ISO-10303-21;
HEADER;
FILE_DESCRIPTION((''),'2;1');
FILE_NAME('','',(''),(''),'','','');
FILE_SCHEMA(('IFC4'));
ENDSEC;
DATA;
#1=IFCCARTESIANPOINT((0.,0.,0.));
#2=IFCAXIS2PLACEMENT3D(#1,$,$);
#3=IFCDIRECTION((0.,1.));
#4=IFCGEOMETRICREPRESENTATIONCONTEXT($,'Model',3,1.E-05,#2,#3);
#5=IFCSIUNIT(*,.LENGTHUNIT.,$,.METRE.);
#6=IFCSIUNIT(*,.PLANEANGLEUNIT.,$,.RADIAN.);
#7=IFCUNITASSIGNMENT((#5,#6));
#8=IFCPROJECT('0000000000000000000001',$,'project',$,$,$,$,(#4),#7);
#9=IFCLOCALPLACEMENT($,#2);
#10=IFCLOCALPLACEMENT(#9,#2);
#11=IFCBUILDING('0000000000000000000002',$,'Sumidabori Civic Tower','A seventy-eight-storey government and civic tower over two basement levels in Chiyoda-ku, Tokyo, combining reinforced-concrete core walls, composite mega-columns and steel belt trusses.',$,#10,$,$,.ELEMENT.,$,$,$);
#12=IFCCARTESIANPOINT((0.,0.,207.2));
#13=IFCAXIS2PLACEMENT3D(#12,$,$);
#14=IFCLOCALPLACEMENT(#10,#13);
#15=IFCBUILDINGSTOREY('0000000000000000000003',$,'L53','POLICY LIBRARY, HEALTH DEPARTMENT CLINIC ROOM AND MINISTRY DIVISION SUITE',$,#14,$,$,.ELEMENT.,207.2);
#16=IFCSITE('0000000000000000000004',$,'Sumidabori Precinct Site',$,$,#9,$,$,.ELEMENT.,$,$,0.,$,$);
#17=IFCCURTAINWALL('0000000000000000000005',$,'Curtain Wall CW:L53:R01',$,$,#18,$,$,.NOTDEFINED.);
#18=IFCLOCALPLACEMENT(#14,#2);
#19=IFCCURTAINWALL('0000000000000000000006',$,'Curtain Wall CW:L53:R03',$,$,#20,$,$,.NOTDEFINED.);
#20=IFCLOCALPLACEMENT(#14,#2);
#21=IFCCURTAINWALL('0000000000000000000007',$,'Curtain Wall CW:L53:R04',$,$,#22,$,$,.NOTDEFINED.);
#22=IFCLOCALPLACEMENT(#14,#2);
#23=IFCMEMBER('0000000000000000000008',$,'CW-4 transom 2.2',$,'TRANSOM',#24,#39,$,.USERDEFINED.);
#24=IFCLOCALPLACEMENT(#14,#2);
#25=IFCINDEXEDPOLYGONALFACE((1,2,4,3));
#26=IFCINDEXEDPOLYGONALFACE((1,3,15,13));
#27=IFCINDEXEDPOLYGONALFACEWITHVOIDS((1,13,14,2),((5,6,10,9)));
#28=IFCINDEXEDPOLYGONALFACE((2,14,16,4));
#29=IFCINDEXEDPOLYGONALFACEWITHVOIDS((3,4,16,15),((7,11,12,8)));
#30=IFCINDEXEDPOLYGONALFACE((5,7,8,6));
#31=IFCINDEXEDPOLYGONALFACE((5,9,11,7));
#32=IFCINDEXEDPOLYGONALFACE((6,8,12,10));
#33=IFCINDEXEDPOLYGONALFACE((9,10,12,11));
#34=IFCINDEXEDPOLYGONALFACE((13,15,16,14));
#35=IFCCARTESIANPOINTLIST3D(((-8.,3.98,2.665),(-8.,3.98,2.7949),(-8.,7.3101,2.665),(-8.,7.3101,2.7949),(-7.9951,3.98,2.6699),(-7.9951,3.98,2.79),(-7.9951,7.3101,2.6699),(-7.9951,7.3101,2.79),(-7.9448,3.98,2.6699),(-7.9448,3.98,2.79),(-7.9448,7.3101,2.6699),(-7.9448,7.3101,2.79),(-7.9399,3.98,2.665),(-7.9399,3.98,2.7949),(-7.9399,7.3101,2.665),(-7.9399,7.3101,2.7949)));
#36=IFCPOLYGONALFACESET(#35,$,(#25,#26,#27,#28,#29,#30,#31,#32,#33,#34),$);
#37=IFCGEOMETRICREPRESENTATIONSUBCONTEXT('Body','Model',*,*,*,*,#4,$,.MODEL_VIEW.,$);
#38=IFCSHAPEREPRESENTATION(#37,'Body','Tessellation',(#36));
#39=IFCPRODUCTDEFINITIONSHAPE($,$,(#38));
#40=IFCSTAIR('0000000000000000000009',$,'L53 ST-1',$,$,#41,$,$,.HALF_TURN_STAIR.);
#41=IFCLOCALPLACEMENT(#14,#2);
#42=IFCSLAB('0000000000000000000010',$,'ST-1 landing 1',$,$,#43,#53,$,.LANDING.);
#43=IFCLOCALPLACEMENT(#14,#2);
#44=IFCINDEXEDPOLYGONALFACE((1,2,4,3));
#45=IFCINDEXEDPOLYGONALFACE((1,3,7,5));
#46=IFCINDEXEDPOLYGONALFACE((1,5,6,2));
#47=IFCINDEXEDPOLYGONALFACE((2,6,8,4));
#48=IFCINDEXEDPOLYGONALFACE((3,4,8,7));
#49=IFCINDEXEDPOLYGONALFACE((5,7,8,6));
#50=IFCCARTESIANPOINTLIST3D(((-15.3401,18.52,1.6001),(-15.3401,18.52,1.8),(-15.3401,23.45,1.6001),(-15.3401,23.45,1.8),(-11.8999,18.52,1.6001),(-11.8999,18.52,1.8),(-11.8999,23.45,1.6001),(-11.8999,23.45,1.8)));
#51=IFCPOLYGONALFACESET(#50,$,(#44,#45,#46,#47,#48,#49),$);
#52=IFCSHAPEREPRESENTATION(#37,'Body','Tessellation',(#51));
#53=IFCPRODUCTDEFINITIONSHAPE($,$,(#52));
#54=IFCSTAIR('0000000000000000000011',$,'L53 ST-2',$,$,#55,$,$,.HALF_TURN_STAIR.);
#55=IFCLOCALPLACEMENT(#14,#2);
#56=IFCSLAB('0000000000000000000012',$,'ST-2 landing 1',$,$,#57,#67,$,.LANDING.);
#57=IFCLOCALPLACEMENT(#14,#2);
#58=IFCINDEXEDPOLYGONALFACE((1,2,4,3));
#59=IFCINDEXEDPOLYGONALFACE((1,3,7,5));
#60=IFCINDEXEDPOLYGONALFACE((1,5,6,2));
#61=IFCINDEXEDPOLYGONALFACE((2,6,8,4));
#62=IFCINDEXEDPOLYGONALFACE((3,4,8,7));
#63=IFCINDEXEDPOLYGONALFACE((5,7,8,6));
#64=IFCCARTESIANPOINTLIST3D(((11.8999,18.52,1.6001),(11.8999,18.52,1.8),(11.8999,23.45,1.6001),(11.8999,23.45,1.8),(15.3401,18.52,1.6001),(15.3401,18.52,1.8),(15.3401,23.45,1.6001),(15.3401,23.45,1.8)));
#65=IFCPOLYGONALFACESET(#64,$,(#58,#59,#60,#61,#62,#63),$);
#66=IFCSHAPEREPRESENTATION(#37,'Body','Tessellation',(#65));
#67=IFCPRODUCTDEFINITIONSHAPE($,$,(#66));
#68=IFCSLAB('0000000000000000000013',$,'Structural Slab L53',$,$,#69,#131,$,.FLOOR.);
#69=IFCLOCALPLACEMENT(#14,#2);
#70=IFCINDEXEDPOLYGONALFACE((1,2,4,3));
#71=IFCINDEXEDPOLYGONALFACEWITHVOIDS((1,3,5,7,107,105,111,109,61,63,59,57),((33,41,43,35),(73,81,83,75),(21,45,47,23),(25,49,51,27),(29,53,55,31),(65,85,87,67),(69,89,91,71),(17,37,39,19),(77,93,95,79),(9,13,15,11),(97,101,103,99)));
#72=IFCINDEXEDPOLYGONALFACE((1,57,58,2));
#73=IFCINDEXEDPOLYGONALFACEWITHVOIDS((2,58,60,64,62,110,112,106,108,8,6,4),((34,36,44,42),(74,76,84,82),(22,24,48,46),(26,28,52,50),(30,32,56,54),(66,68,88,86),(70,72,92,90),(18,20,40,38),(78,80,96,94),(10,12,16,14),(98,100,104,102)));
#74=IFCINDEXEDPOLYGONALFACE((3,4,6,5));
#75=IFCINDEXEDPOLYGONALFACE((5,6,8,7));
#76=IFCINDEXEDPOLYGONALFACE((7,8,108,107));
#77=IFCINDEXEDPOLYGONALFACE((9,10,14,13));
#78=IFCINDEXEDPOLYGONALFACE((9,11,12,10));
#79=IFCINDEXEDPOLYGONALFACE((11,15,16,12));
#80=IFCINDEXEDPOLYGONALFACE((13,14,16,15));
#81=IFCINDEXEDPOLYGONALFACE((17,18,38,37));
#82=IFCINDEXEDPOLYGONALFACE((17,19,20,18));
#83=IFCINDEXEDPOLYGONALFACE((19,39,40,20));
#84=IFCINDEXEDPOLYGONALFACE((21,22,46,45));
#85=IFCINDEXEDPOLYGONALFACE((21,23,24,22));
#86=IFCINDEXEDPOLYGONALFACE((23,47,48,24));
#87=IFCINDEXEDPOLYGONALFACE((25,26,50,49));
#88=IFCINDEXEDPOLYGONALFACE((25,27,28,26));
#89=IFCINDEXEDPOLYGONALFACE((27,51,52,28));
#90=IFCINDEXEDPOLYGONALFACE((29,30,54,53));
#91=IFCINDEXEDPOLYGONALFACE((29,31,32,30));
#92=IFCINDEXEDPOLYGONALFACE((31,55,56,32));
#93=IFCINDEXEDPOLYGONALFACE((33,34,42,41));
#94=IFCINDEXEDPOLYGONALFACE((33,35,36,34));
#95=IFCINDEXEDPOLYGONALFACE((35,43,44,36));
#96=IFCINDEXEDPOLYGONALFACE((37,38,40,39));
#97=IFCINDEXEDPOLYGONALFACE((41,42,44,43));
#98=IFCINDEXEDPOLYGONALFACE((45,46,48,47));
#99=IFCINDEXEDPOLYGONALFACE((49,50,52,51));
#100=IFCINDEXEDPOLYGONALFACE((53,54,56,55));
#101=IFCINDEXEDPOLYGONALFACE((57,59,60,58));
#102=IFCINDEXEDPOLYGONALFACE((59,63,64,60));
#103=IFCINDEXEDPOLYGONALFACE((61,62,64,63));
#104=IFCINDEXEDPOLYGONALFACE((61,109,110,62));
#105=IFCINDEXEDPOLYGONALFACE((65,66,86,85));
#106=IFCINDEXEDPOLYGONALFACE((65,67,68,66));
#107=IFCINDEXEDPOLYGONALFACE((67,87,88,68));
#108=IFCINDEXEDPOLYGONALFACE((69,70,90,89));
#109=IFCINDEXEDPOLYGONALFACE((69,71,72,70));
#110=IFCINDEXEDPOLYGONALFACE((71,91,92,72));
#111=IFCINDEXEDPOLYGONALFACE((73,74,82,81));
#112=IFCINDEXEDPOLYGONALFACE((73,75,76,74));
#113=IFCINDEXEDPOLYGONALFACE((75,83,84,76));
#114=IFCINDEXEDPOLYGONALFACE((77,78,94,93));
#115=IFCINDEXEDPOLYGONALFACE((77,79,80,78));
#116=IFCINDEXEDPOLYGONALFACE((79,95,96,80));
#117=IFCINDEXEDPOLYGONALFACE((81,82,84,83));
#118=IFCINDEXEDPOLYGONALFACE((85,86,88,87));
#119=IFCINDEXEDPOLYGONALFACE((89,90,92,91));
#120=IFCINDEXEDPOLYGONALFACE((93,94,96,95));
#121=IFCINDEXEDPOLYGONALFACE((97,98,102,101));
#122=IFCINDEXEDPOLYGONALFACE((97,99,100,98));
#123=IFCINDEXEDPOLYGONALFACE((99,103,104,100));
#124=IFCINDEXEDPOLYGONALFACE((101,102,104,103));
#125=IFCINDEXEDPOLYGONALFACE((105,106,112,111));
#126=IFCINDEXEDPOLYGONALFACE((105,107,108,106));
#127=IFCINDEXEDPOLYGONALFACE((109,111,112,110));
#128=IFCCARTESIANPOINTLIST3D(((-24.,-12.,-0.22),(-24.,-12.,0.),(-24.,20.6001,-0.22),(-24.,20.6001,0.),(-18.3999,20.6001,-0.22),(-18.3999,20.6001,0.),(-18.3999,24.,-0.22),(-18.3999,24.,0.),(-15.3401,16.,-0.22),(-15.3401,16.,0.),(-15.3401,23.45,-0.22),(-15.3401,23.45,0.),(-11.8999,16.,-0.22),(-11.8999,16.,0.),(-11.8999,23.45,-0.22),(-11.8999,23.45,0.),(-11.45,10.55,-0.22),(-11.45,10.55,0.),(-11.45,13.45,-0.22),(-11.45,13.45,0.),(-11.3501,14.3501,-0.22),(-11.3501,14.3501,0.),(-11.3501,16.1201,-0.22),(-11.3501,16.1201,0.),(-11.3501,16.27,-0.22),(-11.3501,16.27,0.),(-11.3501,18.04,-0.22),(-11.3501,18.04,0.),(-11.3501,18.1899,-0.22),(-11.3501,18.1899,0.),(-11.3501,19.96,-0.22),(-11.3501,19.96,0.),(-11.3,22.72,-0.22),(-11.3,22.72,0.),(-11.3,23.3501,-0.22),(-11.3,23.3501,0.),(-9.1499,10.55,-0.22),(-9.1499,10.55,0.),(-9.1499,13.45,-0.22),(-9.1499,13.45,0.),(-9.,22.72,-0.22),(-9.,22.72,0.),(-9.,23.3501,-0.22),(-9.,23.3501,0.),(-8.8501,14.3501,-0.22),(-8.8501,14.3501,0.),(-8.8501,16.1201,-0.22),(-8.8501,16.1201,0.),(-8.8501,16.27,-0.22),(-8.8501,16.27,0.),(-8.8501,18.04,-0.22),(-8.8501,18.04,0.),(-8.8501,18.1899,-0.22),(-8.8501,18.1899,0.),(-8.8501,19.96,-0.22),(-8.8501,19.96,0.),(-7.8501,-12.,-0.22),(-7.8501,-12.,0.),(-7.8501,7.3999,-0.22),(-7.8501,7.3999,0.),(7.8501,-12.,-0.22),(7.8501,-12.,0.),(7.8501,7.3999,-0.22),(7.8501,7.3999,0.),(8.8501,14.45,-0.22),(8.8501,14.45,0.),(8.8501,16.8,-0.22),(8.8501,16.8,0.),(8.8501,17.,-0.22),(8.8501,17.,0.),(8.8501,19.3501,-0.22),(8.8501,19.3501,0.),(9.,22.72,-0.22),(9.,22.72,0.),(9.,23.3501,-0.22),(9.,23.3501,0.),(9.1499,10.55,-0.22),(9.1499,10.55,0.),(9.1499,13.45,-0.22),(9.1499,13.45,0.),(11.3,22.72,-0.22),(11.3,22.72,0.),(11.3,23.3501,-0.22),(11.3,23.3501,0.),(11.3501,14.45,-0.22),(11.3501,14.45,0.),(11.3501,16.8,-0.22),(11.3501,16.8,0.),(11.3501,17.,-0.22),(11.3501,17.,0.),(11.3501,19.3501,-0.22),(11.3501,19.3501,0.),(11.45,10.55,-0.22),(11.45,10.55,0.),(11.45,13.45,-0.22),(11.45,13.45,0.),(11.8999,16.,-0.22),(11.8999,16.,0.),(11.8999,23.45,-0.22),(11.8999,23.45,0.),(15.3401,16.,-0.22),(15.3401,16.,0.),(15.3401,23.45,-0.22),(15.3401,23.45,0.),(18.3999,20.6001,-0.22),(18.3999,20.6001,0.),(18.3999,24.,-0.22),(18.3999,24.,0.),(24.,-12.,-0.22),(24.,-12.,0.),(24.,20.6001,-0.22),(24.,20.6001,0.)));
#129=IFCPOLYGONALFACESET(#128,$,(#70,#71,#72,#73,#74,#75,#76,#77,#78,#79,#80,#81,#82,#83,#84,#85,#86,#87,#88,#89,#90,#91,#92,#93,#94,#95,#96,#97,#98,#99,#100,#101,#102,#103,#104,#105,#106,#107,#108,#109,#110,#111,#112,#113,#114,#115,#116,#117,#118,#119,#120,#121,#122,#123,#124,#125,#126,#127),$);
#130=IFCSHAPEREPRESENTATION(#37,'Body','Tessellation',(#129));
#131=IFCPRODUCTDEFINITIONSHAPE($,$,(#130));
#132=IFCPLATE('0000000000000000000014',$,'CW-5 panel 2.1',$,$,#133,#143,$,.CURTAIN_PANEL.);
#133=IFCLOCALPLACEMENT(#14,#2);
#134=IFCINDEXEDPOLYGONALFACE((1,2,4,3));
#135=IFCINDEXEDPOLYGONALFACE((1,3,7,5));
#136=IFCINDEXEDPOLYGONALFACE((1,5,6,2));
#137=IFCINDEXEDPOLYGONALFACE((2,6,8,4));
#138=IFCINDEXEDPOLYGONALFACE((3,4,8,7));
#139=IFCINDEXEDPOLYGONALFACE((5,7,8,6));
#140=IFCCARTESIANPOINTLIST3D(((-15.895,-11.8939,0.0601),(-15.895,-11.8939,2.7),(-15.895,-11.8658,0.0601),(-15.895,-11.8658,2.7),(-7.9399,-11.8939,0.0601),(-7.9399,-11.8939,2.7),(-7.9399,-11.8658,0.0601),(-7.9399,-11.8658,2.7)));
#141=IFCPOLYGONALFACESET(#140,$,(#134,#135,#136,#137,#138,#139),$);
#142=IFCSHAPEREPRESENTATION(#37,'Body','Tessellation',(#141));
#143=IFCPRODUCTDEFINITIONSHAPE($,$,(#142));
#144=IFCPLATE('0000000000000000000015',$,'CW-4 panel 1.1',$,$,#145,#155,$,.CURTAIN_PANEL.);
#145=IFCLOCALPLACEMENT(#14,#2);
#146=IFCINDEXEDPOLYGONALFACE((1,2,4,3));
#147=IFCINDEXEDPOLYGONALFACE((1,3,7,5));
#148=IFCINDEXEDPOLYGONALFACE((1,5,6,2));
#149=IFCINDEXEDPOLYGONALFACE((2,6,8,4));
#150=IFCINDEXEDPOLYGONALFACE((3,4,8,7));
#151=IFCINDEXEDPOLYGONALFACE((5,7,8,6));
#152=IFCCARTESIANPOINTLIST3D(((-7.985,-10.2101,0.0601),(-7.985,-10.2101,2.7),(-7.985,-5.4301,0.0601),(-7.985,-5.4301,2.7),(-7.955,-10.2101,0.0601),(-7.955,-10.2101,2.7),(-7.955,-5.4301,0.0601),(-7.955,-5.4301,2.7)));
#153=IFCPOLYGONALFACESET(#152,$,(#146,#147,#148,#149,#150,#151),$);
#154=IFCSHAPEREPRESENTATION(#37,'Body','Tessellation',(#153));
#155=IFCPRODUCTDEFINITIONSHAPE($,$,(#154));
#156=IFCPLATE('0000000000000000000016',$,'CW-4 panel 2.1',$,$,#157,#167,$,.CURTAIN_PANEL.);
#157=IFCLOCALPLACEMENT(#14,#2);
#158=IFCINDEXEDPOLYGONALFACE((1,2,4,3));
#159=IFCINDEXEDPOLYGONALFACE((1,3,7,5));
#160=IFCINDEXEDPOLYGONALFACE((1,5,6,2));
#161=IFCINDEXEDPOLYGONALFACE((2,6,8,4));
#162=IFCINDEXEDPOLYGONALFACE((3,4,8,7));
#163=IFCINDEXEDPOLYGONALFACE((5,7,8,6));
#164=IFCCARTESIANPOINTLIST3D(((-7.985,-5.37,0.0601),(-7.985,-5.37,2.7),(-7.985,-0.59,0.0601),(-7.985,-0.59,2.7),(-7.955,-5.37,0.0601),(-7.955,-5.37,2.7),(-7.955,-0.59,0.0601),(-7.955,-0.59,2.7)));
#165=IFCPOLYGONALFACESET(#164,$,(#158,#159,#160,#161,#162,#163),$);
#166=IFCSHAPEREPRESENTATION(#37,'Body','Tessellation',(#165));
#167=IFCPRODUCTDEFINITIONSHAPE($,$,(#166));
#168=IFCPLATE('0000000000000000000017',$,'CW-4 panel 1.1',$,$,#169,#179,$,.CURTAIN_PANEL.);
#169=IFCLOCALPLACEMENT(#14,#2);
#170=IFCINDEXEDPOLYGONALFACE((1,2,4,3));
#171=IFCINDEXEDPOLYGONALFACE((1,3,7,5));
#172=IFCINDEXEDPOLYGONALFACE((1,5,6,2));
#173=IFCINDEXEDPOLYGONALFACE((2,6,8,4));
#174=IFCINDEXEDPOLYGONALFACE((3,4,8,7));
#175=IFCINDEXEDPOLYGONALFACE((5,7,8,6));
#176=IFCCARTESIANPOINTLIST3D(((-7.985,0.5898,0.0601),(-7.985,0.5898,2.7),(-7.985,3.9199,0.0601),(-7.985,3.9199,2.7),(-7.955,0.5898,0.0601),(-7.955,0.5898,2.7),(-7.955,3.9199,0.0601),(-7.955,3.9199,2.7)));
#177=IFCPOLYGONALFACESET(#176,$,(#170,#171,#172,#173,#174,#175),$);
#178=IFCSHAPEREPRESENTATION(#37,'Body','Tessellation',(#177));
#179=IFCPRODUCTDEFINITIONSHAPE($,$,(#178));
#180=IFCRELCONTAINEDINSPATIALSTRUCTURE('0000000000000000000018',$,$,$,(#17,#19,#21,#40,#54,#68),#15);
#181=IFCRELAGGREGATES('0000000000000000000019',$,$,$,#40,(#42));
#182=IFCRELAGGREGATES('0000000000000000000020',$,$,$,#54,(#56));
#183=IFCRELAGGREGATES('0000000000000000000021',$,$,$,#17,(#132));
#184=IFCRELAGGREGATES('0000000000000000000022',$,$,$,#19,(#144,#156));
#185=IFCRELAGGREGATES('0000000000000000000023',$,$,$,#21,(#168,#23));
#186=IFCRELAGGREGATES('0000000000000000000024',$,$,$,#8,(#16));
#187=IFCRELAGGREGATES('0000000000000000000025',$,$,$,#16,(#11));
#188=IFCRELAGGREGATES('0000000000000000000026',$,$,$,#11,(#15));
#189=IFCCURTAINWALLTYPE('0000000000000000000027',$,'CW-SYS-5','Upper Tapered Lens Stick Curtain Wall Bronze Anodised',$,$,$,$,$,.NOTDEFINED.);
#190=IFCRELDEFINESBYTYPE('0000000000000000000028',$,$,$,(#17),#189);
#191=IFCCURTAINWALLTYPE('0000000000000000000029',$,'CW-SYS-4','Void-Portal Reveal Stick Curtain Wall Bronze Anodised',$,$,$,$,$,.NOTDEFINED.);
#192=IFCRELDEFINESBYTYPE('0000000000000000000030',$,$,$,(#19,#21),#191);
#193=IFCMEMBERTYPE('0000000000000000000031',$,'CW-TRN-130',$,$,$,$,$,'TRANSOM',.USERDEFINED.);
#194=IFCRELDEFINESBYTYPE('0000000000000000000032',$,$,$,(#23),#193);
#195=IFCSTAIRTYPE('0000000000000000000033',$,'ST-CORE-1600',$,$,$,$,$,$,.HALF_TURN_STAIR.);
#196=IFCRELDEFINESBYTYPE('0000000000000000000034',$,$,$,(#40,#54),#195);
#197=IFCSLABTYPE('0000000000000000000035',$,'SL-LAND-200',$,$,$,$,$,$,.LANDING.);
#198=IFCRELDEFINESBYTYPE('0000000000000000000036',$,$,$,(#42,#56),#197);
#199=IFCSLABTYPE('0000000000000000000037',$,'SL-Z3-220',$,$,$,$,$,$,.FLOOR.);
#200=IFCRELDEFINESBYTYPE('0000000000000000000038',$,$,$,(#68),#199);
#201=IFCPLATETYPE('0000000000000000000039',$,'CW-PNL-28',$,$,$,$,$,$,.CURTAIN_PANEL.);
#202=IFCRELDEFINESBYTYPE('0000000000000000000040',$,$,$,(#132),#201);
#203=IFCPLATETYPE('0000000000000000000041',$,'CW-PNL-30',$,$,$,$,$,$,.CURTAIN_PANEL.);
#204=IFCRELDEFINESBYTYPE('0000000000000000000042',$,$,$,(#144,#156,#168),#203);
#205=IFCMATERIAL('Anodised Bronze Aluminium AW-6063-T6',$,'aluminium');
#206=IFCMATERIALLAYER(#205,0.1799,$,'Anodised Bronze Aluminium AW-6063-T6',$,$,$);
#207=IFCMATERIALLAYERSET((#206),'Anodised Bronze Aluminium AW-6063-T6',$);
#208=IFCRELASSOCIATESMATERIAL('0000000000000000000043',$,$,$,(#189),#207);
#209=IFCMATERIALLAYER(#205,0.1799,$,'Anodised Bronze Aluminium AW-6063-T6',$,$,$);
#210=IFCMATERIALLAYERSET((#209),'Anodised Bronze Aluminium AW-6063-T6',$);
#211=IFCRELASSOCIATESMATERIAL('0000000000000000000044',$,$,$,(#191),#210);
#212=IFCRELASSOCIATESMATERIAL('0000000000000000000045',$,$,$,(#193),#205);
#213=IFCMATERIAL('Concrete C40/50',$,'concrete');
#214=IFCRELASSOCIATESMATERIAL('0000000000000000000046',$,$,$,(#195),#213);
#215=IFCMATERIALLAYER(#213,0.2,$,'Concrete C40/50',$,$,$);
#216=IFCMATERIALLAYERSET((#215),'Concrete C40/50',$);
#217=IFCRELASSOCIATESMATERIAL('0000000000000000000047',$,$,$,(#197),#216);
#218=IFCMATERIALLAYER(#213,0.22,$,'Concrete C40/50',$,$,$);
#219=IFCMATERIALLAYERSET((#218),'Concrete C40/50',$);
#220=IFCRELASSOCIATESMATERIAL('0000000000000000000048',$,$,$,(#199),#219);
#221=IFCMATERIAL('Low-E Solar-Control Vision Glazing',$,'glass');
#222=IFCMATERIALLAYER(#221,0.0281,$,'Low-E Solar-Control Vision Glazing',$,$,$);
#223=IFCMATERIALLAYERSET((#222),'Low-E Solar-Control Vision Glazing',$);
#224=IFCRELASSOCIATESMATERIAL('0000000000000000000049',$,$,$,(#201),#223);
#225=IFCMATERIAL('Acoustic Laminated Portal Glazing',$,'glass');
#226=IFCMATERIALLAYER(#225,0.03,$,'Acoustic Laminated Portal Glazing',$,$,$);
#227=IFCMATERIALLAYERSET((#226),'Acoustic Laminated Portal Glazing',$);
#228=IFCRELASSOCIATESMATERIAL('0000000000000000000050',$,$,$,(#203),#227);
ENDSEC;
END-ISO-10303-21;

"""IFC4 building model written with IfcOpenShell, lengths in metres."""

from ifc_helpers import new_model, si_unit, direction, frame, origin, origin_2d, place, context, subcontext, project, spatial, polyline, rectangle, hollow_rectangle, outline, extrude, source, transform, mapped, material, layer, layer_set, material_profile, profile_set, type_object, element, aggregate, save


model = new_model("IFC4")

# Units and contexts
model_context = context("Model", 3, precision=1e-05, world=origin(), true_north=direction((0.0, 1.0)))
body_context = subcontext(model_context, "Body", "Model", "MODEL_VIEW")
ifc_project = project(units=[si_unit("LENGTHUNIT", "METRE"), si_unit("PLANEANGLEUNIT", "RADIAN")], contexts=[model_context])

# Site, building, storey
site_placement = place(None, origin())
site = spatial("IfcSite", under=ifc_project, at=site_placement, Name="Sumidabori Precinct Site", CompositionType="ELEMENT", RefElevation=0.0)
building_placement = place(site_placement, origin())
building = spatial("IfcBuilding", under=site, at=building_placement, Name="Sumidabori Civic Tower", Description="A seventy-eight-storey government and civic tower over two basement levels in Chiyoda-ku, Tokyo, combining reinforced-concrete core walls, composite mega-columns and steel belt trusses.", CompositionType="ELEMENT")
storey_placement = place(building_placement, frame((0.0, 0.0, 207.2)))
storey = spatial("IfcBuildingStorey", under=building, at=storey_placement, Name="L53", Description="POLICY LIBRARY, HEALTH DEPARTMENT CLINIC ROOM AND MINISTRY DIVISION SUITE", CompositionType="ELEMENT", Elevation=207.2)

# Curtain walls
ifc_material_1 = material(Name="Anodised Bronze Aluminium AW-6063-T6", Category="aluminium")
ifc_layer_1 = layer(ifc_material_1, 0.1799, Name="Anodised Bronze Aluminium AW-6063-T6")
ifc_layer_set_1 = layer_set([ifc_layer_1], Name="Anodised Bronze Aluminium AW-6063-T6")
curtain_wall_type_1 = type_object("IfcCurtainWallType", Name="CW-SYS-5", Description="Upper Tapered Lens Stick Curtain Wall Bronze Anodised", PredefinedType="NOTDEFINED", material=ifc_layer_set_1)
curtain_wall_1_placement = place(storey_placement, origin())
curtain_wall_1 = element("IfcCurtainWall", 1, at=curtain_wall_1_placement, inside=storey, type_object=curtain_wall_type_1, Name="Curtain Wall CW:L53:R01", PredefinedType="NOTDEFINED")
ifc_layer_2 = layer(ifc_material_1, 0.1799, Name="Anodised Bronze Aluminium AW-6063-T6")
ifc_layer_set_2 = layer_set([ifc_layer_2], Name="Anodised Bronze Aluminium AW-6063-T6")
curtain_wall_type_2 = type_object("IfcCurtainWallType", Name="CW-SYS-4", Description="Void-Portal Reveal Stick Curtain Wall Bronze Anodised", PredefinedType="NOTDEFINED", material=ifc_layer_set_2)
curtain_wall_2_placement = place(storey_placement, origin())
curtain_wall_2 = element("IfcCurtainWall", 2, at=curtain_wall_2_placement, inside=storey, type_object=curtain_wall_type_2, Name="Curtain Wall CW:L53:R03", PredefinedType="NOTDEFINED")
curtain_wall_3_placement = place(storey_placement, origin())
curtain_wall_3 = element("IfcCurtainWall", 3, at=curtain_wall_3_placement, inside=storey, type_object=curtain_wall_type_2, Name="Curtain Wall CW:L53:R04", PredefinedType="NOTDEFINED")

# Member
ifc_material_profile_1 = material_profile(ifc_material_1, hollow_rectangle(XDim=0.0601, YDim=0.1299, WallThickness=0.0049, at=origin_2d()), Name="ALU TRANSOM 130x60")
ifc_profile_set_1 = profile_set([ifc_material_profile_1], Name="Anodised Bronze Aluminium AW-6063-T6")
member_type_1 = type_object("IfcMemberType", Name="CW-TRN-130", ElementType="TRANSOM", PredefinedType="USERDEFINED", material=ifc_profile_set_1)
shared_shape_1 = source(origin(), body_context, "Body", "SweptSolid", [
    extrude(hollow_rectangle(XDim=0.0601, YDim=0.1299, WallThickness=0.0049, at=origin_2d()), origin(), (0.0, 0.0, 1.0), 3.3301),
])
member_1_placement = place(storey_placement, frame((-7.97, 3.98, 2.73), z_axis=(0.0, 1.0, 0.0), x_axis=(-1.0, 0.0, 0.0)))
member_1 = element("IfcMember", 4, at=member_1_placement, type_object=member_type_1, Name="CW-4 transom 2.2", ObjectType="TRANSOM", PredefinedType="USERDEFINED", context=body_context, shape_type="MappedRepresentation", body=[
    mapped(shared_shape_1, transform((0.0, 0.0, 0.0), x_axis=(1.0, 0.0, 0.0), y_axis=(0.0, 1.0, 0.0), z_axis=(0.0, 0.0, 1.0), scale=1.0)),
])

# Stairs, slabs
ifc_material_2 = material(Name="Concrete C40/50", Category="concrete")
stair_type = type_object("IfcStairType", Name="ST-CORE-1600", PredefinedType="HALF_TURN_STAIR", material=ifc_material_2)
stair_1_placement = place(storey_placement, origin())
stair_1 = element("IfcStair", 5, at=stair_1_placement, inside=storey, type_object=stair_type, Name="L53 ST-1", PredefinedType="HALF_TURN_STAIR")
ifc_layer_3 = layer(ifc_material_2, 0.2, Name="Concrete C40/50")
ifc_layer_set_3 = layer_set([ifc_layer_3], Name="Concrete C40/50")
slab_type_1 = type_object("IfcSlabType", Name="SL-LAND-200", PredefinedType="LANDING", material=ifc_layer_set_3)
slab_1_placement = place(storey_placement, frame((0.0, 0.0, 1.6001)))
slab_1 = element("IfcSlab", 6, at=slab_1_placement, type_object=slab_type_1, Name="ST-1 landing 1", PredefinedType="LANDING", context=body_context, shape_type="SweptSolid", body=[
    extrude(outline(polyline([(-11.8999, 18.52), (-11.8999, 23.45), (-15.3401, 23.45), (-15.3401, 18.52), (-11.8999, 18.52)])), origin(), (0.0, 0.0, 1.0), 0.2),
])
aggregate(stair_1, [slab_1])
stair_2_placement = place(storey_placement, origin())
stair_2 = element("IfcStair", 7, at=stair_2_placement, inside=storey, type_object=stair_type, Name="L53 ST-2", PredefinedType="HALF_TURN_STAIR")
slab_2_placement = place(storey_placement, frame((0.0, 0.0, 1.6001)))
slab_2 = element("IfcSlab", 8, at=slab_2_placement, type_object=slab_type_1, Name="ST-2 landing 1", PredefinedType="LANDING", context=body_context, shape_type="SweptSolid", body=[
    extrude(outline(polyline([(15.3401, 18.52), (15.3401, 23.45), (11.8999, 23.45), (11.8999, 18.52), (15.3401, 18.52)])), origin(), (0.0, 0.0, 1.0), 0.2),
])
aggregate(stair_2, [slab_2])

# Slab
ifc_layer_4 = layer(ifc_material_2, 0.22, Name="Concrete C40/50")
ifc_layer_set_4 = layer_set([ifc_layer_4], Name="Concrete C40/50")
slab_type_2 = type_object("IfcSlabType", Name="SL-Z3-220", PredefinedType="FLOOR", material=ifc_layer_set_4)
slab_3_placement = place(storey_placement, frame((0.0, 0.0, -0.22)))
element("IfcSlab", 9, at=slab_3_placement, inside=storey, type_object=slab_type_2, Name="Structural Slab L53", PredefinedType="FLOOR", context=body_context, shape_type="SweptSolid", body=[
    extrude(outline(polyline([(-24.0, -12.0), (-7.8501, -12.0), (-7.8501, 7.3999), (7.8501, 7.3999), (7.8501, -12.0), (24.0, -12.0), (24.0, 20.6001), (18.3999, 20.6001), (18.3999, 24.0), (-18.3999, 24.0), (-18.3999, 20.6001), (-24.0, 20.6001), (-24.0, -12.0)]), holes=[polyline([(-11.8999, 16.0), (-11.8999, 23.45), (-15.3401, 23.45), (-15.3401, 16.0), (-11.8999, 16.0)]), polyline([(15.3401, 16.0), (15.3401, 23.45), (11.8999, 23.45), (11.8999, 16.0), (15.3401, 16.0)]), polyline([(-11.45, 10.55), (-9.1499, 10.55), (-9.1499, 13.45), (-11.45, 13.45), (-11.45, 10.55)]), polyline([(9.1499, 10.55), (11.45, 10.55), (11.45, 13.45), (9.1499, 13.45), (9.1499, 10.55)]), polyline([(-11.3501, 14.3501), (-8.8501, 14.3501), (-8.8501, 16.1201), (-11.3501, 16.1201), (-11.3501, 14.3501)]), polyline([(-11.3501, 16.27), (-8.8501, 16.27), (-8.8501, 18.04), (-11.3501, 18.04), (-11.3501, 16.27)]), polyline([(-11.3501, 18.1899), (-8.8501, 18.1899), (-8.8501, 19.96), (-11.3501, 19.96), (-11.3501, 18.1899)]), polyline([(8.8501, 14.45), (11.3501, 14.45), (11.3501, 16.8), (8.8501, 16.8), (8.8501, 14.45)]), polyline([(8.8501, 17.0), (11.3501, 17.0), (11.3501, 19.3501), (8.8501, 19.3501), (8.8501, 17.0)]), polyline([(-11.3, 22.72), (-9.0, 22.72), (-9.0, 23.3501), (-11.3, 23.3501), (-11.3, 22.72)]), polyline([(9.0, 22.72), (11.3, 22.72), (11.3, 23.3501), (9.0, 23.3501), (9.0, 22.72)])]), origin(), (0.0, 0.0, 1.0), 0.22),
])

# Plates
ifc_material_3 = material(Name="Low-E Solar-Control Vision Glazing", Category="glass")
ifc_layer_5 = layer(ifc_material_3, 0.0281, Name="Low-E Solar-Control Vision Glazing")
ifc_layer_set_5 = layer_set([ifc_layer_5], Name="Low-E Solar-Control Vision Glazing")
plate_type_1 = type_object("IfcPlateType", Name="CW-PNL-28", PredefinedType="CURTAIN_PANEL", material=ifc_layer_set_5)
shared_shape_2 = source(origin(), body_context, "Body", "SweptSolid", [
    extrude(rectangle(XDim=7.9551, YDim=0.0281, at=origin_2d()), origin(), (0.0, 0.0, 1.0), 2.6399),
])
plate_1_placement = place(storey_placement, frame((-11.9175, -11.8799, 0.0601), z_axis=(0.0, 0.0, 1.0), x_axis=(1.0, 0.0, 0.0)))
plate_1 = element("IfcPlate", 10, at=plate_1_placement, type_object=plate_type_1, Name="CW-5 panel 2.1", PredefinedType="CURTAIN_PANEL", context=body_context, shape_type="MappedRepresentation", body=[
    mapped(shared_shape_2, transform((0.0, 0.0, 0.0), x_axis=(1.0, 0.0, 0.0), y_axis=(0.0, 1.0, 0.0), z_axis=(0.0, 0.0, 1.0), scale=1.0)),
])
aggregate(curtain_wall_1, [plate_1])
ifc_material_4 = material(Name="Acoustic Laminated Portal Glazing", Category="glass")
ifc_layer_6 = layer(ifc_material_4, 0.03, Name="Acoustic Laminated Portal Glazing")
ifc_layer_set_6 = layer_set([ifc_layer_6], Name="Acoustic Laminated Portal Glazing")
plate_type_2 = type_object("IfcPlateType", Name="CW-PNL-30", PredefinedType="CURTAIN_PANEL", material=ifc_layer_set_6)
shared_shape_3 = source(origin(), body_context, "Body", "SweptSolid", [
    extrude(rectangle(XDim=4.78, YDim=0.03, at=origin_2d()), origin(), (0.0, 0.0, 1.0), 2.6399),
])
plate_2_placement = place(storey_placement, frame((-7.97, -7.8201, 0.0601), z_axis=(0.0, 0.0, 1.0), x_axis=(0.0, 1.0, 0.0)))
plate_2 = element("IfcPlate", 11, at=plate_2_placement, type_object=plate_type_2, Name="CW-4 panel 1.1", PredefinedType="CURTAIN_PANEL", context=body_context, shape_type="MappedRepresentation", body=[
    mapped(shared_shape_3, transform((0.0, 0.0, 0.0), x_axis=(1.0, 0.0, 0.0), y_axis=(0.0, 1.0, 0.0), z_axis=(0.0, 0.0, 1.0), scale=1.0)),
])
plate_3_placement = place(storey_placement, frame((-7.97, -2.98, 0.0601), z_axis=(0.0, 0.0, 1.0), x_axis=(0.0, 1.0, 0.0)))
plate_3 = element("IfcPlate", 12, at=plate_3_placement, type_object=plate_type_2, Name="CW-4 panel 2.1", PredefinedType="CURTAIN_PANEL", context=body_context, shape_type="MappedRepresentation", body=[
    mapped(shared_shape_3, transform((0.0, 0.0, 0.0), x_axis=(1.0, 0.0, 0.0), y_axis=(0.0, 1.0, 0.0), z_axis=(0.0, 0.0, 1.0), scale=1.0)),
])
aggregate(curtain_wall_2, [plate_2, plate_3])
shared_shape_4 = source(origin(), body_context, "Body", "SweptSolid", [
    extrude(rectangle(XDim=3.3301, YDim=0.03, at=origin_2d()), origin(), (0.0, 0.0, 1.0), 2.6399),
])
plate_4_placement = place(storey_placement, frame((-7.97, 2.2549, 0.0601), z_axis=(0.0, 0.0, 1.0), x_axis=(0.0, 1.0, 0.0)))
plate_4 = element("IfcPlate", 13, at=plate_4_placement, type_object=plate_type_2, Name="CW-4 panel 1.1", PredefinedType="CURTAIN_PANEL", context=body_context, shape_type="MappedRepresentation", body=[
    mapped(shared_shape_4, transform((0.0, 0.0, 0.0), x_axis=(1.0, 0.0, 0.0), y_axis=(0.0, 1.0, 0.0), z_axis=(0.0, 0.0, 1.0), scale=1.0)),
])
aggregate(curtain_wall_3, [plate_4, member_1])

save(model, "model.ifc")
